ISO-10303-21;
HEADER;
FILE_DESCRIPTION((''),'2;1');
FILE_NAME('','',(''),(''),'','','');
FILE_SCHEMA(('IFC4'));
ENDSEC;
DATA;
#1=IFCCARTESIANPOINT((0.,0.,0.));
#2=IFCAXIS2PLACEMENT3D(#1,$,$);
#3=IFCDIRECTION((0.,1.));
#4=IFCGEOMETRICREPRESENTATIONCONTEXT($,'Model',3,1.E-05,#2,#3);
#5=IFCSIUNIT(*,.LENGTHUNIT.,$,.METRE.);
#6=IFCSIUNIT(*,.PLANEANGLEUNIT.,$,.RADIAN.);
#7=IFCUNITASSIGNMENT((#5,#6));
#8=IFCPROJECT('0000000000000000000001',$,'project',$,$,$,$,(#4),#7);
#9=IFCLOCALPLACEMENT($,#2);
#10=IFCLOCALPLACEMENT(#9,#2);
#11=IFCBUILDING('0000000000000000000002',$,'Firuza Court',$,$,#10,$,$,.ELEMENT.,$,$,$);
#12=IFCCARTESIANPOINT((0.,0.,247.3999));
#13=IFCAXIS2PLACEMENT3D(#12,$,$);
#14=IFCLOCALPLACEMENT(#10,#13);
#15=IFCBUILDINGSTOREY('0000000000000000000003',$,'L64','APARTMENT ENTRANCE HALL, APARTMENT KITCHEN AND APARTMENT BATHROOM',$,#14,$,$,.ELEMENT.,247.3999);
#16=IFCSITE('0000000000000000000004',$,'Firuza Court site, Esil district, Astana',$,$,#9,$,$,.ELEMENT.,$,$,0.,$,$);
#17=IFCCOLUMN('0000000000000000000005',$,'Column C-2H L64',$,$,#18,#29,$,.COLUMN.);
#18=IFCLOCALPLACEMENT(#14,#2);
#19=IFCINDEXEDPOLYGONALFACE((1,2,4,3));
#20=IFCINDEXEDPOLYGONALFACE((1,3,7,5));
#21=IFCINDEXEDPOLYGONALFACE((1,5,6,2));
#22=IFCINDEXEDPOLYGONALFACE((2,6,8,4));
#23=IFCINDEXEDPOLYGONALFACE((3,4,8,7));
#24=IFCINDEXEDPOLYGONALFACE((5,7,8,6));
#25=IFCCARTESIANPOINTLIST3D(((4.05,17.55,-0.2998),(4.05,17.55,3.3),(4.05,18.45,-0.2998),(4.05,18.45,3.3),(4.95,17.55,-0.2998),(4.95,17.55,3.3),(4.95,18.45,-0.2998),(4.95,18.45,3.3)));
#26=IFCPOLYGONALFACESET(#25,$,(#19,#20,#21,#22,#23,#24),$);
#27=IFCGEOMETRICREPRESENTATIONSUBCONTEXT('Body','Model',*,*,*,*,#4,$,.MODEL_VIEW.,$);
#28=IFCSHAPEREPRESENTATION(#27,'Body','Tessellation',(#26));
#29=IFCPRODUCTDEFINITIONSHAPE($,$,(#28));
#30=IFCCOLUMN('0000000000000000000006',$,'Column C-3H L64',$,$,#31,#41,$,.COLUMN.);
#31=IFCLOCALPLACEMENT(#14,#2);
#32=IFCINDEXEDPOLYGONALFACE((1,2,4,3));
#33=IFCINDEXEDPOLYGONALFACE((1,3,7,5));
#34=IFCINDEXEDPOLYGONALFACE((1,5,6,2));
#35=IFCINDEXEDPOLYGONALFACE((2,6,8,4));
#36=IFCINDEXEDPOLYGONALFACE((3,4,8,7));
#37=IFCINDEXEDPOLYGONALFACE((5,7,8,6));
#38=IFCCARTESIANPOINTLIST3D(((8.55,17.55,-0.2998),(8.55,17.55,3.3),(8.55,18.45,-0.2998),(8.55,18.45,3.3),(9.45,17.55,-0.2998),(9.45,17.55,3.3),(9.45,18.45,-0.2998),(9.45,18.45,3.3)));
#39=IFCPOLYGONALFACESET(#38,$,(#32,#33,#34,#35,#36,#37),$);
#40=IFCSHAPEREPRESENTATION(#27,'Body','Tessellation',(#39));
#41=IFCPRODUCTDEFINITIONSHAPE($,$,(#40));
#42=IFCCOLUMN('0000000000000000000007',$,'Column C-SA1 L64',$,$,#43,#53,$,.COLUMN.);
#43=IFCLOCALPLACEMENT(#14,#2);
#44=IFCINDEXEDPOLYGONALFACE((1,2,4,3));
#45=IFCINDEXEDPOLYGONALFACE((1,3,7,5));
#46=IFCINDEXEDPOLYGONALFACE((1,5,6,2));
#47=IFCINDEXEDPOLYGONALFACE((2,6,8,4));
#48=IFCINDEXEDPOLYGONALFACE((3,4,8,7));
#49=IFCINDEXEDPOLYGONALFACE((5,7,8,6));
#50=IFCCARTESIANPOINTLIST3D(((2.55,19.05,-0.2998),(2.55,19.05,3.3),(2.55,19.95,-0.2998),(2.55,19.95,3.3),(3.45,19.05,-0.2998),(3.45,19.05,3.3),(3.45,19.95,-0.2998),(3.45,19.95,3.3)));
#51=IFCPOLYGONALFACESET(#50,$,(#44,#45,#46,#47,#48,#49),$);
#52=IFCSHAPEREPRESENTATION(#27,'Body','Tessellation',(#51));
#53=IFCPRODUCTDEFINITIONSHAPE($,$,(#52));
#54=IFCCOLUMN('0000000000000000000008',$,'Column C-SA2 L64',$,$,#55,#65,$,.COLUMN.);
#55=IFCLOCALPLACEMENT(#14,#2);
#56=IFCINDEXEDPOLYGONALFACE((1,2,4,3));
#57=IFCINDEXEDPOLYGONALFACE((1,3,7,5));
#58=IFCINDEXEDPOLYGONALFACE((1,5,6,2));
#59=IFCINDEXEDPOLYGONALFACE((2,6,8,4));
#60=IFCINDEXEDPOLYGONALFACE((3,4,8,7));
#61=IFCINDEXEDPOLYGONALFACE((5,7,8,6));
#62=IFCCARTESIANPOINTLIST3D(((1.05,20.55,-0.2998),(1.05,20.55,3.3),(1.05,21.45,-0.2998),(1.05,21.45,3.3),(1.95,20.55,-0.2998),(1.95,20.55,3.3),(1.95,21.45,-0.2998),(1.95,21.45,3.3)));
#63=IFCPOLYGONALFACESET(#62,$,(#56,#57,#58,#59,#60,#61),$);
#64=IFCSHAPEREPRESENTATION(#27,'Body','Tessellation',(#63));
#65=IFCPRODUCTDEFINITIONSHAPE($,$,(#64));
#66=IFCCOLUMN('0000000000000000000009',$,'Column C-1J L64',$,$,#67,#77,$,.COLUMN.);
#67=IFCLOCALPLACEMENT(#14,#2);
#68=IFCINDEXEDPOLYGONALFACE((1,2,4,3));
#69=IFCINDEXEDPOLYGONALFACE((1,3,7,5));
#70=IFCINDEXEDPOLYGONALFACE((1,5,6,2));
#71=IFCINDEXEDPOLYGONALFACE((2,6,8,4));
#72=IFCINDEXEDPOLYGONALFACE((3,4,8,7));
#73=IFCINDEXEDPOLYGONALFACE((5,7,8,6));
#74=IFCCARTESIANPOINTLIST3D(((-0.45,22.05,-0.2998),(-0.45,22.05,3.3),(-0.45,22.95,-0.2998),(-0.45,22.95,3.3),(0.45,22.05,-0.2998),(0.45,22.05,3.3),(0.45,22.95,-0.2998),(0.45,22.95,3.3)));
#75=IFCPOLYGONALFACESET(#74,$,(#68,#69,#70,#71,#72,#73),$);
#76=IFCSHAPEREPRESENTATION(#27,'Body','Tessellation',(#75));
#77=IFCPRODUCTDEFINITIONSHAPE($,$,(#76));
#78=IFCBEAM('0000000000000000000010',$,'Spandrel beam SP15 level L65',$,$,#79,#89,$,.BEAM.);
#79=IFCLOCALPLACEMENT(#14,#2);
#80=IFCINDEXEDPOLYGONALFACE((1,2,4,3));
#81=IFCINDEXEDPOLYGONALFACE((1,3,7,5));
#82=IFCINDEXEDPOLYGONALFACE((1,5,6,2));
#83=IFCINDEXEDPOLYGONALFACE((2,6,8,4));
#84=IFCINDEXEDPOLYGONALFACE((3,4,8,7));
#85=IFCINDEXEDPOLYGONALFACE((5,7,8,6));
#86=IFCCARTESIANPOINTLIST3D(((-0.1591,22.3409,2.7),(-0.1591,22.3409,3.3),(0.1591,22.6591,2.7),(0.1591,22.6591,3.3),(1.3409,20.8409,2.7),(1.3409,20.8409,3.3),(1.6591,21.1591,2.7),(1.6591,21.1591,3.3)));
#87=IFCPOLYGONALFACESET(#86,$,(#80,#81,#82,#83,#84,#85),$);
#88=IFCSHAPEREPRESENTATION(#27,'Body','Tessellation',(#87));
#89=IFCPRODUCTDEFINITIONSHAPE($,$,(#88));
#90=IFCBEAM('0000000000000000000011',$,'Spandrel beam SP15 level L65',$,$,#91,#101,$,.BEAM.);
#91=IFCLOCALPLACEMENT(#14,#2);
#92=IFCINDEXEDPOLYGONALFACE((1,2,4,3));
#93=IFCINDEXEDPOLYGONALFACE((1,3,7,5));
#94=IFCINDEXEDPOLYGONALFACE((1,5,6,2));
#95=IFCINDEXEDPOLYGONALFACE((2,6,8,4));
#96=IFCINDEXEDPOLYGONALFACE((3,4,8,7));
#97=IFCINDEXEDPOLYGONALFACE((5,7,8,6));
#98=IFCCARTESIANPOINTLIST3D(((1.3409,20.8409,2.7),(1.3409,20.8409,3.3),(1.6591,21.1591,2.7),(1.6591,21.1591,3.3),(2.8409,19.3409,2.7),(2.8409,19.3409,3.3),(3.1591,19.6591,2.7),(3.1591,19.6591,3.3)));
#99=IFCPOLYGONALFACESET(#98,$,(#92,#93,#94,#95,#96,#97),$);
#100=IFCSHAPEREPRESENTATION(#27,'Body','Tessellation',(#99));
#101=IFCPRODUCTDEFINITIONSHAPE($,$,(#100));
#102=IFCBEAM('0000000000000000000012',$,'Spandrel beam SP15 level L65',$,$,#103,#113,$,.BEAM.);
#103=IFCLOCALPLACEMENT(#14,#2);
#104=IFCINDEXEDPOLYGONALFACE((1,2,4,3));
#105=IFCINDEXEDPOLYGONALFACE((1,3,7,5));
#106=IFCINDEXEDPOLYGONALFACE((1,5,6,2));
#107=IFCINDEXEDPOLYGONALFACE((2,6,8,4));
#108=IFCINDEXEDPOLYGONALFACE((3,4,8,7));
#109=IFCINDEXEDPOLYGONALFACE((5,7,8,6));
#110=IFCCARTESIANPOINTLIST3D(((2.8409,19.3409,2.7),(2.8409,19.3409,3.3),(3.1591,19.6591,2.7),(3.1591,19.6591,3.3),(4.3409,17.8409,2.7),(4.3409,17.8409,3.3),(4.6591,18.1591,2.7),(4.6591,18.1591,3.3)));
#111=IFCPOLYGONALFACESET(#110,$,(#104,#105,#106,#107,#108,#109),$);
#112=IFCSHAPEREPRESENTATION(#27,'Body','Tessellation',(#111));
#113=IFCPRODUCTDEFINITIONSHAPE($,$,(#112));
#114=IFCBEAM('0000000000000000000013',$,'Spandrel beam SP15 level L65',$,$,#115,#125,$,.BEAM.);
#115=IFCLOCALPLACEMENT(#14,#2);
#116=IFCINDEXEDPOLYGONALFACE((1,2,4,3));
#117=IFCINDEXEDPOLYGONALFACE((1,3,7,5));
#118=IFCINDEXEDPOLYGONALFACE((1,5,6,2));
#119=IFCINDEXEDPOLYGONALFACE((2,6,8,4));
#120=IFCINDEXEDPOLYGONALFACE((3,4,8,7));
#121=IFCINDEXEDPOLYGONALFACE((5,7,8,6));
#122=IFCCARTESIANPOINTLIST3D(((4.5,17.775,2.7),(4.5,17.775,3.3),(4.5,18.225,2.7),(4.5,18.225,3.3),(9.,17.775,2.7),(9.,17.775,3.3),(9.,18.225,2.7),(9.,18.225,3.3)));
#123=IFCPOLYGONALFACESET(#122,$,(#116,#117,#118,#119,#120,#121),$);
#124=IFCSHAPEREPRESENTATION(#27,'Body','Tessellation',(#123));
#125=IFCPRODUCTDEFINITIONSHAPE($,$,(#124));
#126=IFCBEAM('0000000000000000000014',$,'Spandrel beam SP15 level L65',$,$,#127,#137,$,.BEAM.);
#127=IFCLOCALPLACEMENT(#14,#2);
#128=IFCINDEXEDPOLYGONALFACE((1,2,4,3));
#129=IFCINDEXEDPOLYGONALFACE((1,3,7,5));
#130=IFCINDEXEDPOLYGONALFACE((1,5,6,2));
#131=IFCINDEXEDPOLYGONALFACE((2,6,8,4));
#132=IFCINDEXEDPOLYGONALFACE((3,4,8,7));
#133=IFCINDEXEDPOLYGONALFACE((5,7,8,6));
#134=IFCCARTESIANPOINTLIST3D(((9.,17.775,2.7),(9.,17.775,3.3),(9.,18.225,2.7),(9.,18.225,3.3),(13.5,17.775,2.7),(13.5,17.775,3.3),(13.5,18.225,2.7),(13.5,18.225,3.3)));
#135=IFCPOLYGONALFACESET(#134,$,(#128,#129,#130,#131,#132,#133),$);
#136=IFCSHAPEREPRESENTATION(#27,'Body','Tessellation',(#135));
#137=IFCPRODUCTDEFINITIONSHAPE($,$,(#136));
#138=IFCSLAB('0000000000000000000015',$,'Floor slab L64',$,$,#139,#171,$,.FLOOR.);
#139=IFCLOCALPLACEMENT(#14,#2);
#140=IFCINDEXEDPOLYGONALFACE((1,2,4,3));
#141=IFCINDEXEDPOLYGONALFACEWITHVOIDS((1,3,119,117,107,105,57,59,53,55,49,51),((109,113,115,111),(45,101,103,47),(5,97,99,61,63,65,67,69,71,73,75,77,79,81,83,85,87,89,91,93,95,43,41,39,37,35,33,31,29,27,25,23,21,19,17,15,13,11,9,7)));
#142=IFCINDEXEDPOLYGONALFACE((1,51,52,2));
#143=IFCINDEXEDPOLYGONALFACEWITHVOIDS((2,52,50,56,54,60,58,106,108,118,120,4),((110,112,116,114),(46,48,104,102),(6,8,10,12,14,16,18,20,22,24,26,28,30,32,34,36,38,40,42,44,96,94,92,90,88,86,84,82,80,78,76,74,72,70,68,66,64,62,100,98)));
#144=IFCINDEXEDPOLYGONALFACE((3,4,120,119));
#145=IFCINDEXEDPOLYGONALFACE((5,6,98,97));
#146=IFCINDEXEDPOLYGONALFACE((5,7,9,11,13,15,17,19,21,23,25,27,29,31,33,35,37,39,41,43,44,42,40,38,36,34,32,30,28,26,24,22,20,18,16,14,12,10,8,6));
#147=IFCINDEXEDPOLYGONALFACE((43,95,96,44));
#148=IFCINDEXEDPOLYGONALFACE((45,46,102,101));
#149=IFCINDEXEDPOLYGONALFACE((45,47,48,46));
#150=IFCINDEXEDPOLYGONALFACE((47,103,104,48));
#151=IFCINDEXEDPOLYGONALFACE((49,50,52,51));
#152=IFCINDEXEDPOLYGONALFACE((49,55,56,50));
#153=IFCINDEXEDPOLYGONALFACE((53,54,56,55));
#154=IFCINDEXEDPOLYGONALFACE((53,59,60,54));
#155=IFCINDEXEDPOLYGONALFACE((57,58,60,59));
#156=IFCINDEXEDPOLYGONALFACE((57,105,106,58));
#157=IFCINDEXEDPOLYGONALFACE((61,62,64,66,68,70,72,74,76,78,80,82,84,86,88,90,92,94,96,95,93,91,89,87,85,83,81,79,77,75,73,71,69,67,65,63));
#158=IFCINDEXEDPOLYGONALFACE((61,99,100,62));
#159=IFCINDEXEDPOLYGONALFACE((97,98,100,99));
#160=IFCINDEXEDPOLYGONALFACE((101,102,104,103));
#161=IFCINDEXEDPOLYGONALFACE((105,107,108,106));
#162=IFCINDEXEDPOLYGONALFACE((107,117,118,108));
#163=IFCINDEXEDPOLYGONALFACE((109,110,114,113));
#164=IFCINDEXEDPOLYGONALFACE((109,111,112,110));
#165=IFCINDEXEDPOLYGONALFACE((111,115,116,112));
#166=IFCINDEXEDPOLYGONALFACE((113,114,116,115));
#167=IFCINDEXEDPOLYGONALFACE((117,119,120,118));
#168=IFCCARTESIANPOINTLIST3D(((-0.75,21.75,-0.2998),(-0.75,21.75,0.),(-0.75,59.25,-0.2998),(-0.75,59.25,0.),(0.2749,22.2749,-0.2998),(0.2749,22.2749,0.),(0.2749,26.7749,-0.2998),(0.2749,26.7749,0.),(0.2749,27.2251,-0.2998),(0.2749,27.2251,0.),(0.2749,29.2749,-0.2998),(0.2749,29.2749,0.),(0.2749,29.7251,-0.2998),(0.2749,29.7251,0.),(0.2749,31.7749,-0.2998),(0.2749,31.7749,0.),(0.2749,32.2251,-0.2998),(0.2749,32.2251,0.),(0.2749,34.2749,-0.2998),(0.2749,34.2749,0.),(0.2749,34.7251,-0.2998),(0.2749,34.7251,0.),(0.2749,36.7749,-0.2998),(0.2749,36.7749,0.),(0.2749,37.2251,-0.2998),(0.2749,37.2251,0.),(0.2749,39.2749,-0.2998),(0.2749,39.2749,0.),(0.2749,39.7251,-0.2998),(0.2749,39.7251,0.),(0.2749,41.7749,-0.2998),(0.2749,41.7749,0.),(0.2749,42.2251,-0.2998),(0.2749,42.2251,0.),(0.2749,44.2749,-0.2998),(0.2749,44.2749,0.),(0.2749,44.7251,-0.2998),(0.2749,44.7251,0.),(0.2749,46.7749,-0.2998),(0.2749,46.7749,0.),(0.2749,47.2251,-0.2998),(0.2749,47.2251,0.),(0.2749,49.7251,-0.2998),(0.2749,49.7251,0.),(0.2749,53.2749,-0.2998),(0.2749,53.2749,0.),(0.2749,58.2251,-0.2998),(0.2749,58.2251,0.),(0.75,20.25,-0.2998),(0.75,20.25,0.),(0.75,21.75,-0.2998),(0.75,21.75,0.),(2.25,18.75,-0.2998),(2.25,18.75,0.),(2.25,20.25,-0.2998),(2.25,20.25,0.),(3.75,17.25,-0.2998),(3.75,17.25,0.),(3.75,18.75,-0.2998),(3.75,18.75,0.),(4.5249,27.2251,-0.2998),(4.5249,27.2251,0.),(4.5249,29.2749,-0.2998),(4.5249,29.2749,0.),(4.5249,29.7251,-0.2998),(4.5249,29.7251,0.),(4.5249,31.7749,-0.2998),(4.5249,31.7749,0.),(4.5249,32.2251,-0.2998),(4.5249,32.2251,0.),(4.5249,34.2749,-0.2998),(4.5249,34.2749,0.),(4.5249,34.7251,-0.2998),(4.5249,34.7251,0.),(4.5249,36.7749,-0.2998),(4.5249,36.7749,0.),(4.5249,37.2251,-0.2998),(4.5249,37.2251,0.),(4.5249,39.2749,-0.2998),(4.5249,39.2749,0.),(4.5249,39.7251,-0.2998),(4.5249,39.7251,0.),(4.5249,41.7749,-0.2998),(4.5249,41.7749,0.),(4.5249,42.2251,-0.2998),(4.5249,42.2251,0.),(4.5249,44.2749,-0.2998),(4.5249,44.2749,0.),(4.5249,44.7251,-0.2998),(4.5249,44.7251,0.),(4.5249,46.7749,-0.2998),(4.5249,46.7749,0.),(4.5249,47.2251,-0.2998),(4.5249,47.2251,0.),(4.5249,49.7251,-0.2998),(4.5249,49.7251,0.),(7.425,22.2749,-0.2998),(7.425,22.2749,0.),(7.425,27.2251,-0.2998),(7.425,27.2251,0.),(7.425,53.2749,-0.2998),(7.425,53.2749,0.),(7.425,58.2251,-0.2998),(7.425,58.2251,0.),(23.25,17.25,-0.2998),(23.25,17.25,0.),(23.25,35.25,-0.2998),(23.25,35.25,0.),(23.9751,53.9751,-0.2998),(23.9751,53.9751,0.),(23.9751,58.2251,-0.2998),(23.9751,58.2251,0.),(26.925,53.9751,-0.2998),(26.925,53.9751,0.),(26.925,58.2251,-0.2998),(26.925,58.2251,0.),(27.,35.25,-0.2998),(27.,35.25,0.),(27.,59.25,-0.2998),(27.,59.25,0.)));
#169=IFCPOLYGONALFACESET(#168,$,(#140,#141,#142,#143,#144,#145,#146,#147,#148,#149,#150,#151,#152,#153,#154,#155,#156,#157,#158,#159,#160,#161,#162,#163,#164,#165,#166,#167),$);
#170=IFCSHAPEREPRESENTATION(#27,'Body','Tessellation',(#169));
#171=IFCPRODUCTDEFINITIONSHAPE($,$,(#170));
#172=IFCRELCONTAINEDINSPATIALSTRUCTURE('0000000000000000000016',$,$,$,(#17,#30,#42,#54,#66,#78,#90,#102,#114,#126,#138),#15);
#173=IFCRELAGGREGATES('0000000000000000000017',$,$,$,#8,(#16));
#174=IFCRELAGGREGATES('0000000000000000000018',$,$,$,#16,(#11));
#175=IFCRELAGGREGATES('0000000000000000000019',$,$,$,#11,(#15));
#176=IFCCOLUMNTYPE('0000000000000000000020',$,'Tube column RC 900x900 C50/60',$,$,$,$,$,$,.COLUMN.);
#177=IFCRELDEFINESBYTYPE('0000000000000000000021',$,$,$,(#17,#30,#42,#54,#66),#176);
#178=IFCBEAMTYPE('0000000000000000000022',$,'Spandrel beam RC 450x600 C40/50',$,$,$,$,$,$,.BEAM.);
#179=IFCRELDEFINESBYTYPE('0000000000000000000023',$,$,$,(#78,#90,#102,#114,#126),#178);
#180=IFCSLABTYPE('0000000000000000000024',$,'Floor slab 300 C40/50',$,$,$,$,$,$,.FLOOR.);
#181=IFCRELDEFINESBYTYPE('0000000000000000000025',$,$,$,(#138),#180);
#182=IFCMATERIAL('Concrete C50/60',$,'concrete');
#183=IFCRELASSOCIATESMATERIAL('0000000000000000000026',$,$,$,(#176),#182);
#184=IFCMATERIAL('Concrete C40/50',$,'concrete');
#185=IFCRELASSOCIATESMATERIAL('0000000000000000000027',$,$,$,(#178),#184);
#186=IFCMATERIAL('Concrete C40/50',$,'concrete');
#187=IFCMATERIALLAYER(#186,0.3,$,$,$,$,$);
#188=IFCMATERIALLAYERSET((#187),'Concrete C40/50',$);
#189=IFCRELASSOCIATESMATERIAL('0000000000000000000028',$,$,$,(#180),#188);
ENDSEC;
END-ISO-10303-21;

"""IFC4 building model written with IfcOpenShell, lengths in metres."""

from ifc_helpers import new_model, si_unit, direction, frame, origin, origin_2d, place, context, subcontext, project, spatial, polyline, rectangle, outline, extrude, material, layer, layer_set, material_profile, profile_set, type_object, element, save


model = new_model("IFC4")

# Units and contexts
model_context = context("Model", 3, precision=1e-05, world=origin(), true_north=direction((0.0, 1.0)))
body_context = subcontext(model_context, "Body", "Model", "MODEL_VIEW")
ifc_project = project(units=[si_unit("LENGTHUNIT", "METRE"), si_unit("PLANEANGLEUNIT", "RADIAN")], contexts=[model_context])

# Site, building, storey
site_placement = place(None, origin())
site = spatial("IfcSite", under=ifc_project, at=site_placement, Name="Firuza Court site, Esil district, Astana", CompositionType="ELEMENT", RefElevation=0.0)
building_placement = place(site_placement, origin())
building = spatial("IfcBuilding", under=site, at=building_placement, Name="Firuza Court", CompositionType="ELEMENT")
storey_placement = place(building_placement, frame((0.0, 0.0, 247.3999)))
storey = spatial("IfcBuildingStorey", under=building, at=storey_placement, Name="L64", Description="APARTMENT ENTRANCE HALL, APARTMENT KITCHEN AND APARTMENT BATHROOM", CompositionType="ELEMENT", Elevation=247.3999)

# Columns
ifc_material_1 = material(Name="Concrete C50/60", Category="concrete")
ifc_material_profile_1 = material_profile(ifc_material_1, rectangle(XDim=0.8999, YDim=0.8999, at=origin_2d()), Name="RC 900x900")
ifc_profile_set_1 = profile_set([ifc_material_profile_1], Name="Concrete C50/60")
column_type = type_object("IfcColumnType", Name="Tube column RC 900x900 C50/60", PredefinedType="COLUMN", material=ifc_profile_set_1)
for number, where, z_axis, x_axis, name in (
    (1, (4.5, 18.0, -0.2998), (0.0, 0.0, 1.0), (1.0, 0.0, 0.0), "Column C-2H L64"),
    (2, (9.0, 18.0, -0.2998), (0.0, 0.0, 1.0), (1.0, 0.0, 0.0), "Column C-3H L64"),
    (3, (3.0, 19.5, -0.2998), (0.0, 0.0, 1.0), (1.0, 0.0, 0.0), "Column C-SA1 L64"),
    (4, (1.5, 21.0, -0.2998), (0.0, 0.0, 1.0), (1.0, 0.0, 0.0), "Column C-SA2 L64"),
    (5, (0.0, 22.5, -0.2998), (0.0, 0.0, 1.0), (1.0, 0.0, 0.0), "Column C-1J L64"),
):
    element("IfcColumn", number, at=place(storey_placement, frame(where, z_axis=z_axis, x_axis=x_axis)), inside=storey, type_object=column_type, Name=name, PredefinedType="COLUMN", context=body_context, shape_type="SweptSolid", body=[
        extrude(rectangle(XDim=0.8999, YDim=0.8999, at=origin_2d()), origin(), (0.0, 0.0, 1.0), 3.5999),
    ])

# Beams
ifc_material_2 = material(Name="Concrete C40/50", Category="concrete")
ifc_material_profile_2 = material_profile(ifc_material_2, rectangle(XDim=0.45, YDim=0.6001, at=origin_2d()), Name="RC 450x600")
ifc_profile_set_2 = profile_set([ifc_material_profile_2], Name="Concrete C40/50")
beam_type = type_object("IfcBeamType", Name="Spandrel beam RC 450x600 C40/50", PredefinedType="BEAM", material=ifc_profile_set_2)
for number, where, z_axis, x_axis, name in (
    (6, (0.0, 22.5, 3.0), (0.707107, -0.707107, 0.0), (0.707107, 0.707107, 0.0), "Spandrel beam SP15 level L65"),
    (7, (1.5, 21.0, 3.0), (0.707107, -0.707107, 0.0), (0.707107, 0.707107, 0.0), "Spandrel beam SP15 level L65"),
    (8, (3.0, 19.5, 3.0), (0.707107, -0.707107, 0.0), (0.707107, 0.707107, 0.0), "Spandrel beam SP15 level L65"),
):
    element("IfcBeam", number, at=place(storey_placement, frame(where, z_axis=z_axis, x_axis=x_axis)), inside=storey, type_object=beam_type, Name=name, PredefinedType="BEAM", context=body_context, shape_type="SweptSolid", body=[
        extrude(rectangle(XDim=0.45, YDim=0.6001, at=origin_2d()), origin(), (0.0, 0.0, 1.0), 2.1213),
    ])
for number, where, z_axis, x_axis, name in (
    (9, (4.5, 18.0, 3.0), (1.0, 0.0, 0.0), (0.0, 1.0, 0.0), "Spandrel beam SP15 level L65"),
    (10, (9.0, 18.0, 3.0), (1.0, 0.0, 0.0), (0.0, 1.0, 0.0), "Spandrel beam SP15 level L65"),
):
    element("IfcBeam", number, at=place(storey_placement, frame(where, z_axis=z_axis, x_axis=x_axis)), inside=storey, type_object=beam_type, Name=name, PredefinedType="BEAM", context=body_context, shape_type="SweptSolid", body=[
        extrude(rectangle(XDim=0.45, YDim=0.6001, at=origin_2d()), origin(), (0.0, 0.0, 1.0), 4.5),
    ])

# Slab
ifc_material_3 = material(Name="Concrete C40/50", Category="concrete")
ifc_layer_1 = layer(ifc_material_3, 0.3)
ifc_layer_set_1 = layer_set([ifc_layer_1], Name="Concrete C40/50")
slab_type_1 = type_object("IfcSlabType", Name="Floor slab 300 C40/50", PredefinedType="FLOOR", material=ifc_layer_set_1)
slab_1_placement = place(storey_placement, frame((0.0, 0.0, -0.2998)))
element("IfcSlab", 11, at=slab_1_placement, inside=storey, type_object=slab_type_1, Name="Floor slab L64", PredefinedType="FLOOR", context=body_context, shape_type="SweptSolid", body=[
    extrude(outline(polyline([(27.0, 59.25), (27.0, 35.25), (23.25, 35.25), (23.25, 17.25), (3.75, 17.25), (3.75, 18.75), (2.25, 18.75), (2.25, 20.25), (0.75, 20.25), (0.75, 21.75), (-0.75, 21.75), (-0.75, 59.25), (27.0, 59.25)]), holes=[polyline([(0.2749, 34.2749), (0.2749, 32.2251), (0.2749, 31.7749), (0.2749, 29.7251), (0.2749, 29.2749), (0.2749, 27.2251), (0.2749, 26.7749), (0.2749, 22.2749), (7.425, 22.2749), (7.425, 27.2251), (4.5249, 27.2251), (4.5249, 29.2749), (4.5249, 29.7251), (4.5249, 31.7749), (4.5249, 32.2251), (4.5249, 34.2749), (4.5249, 34.7251), (4.5249, 36.7749), (4.5249, 37.2251), (4.5249, 39.2749), (4.5249, 39.7251), (4.5249, 41.7749), (4.5249, 42.2251), (4.5249, 44.2749), (4.5249, 44.7251), (4.5249, 46.7749), (4.5249, 47.2251), (4.5249, 49.7251), (0.2749, 49.7251), (0.2749, 47.2251), (0.2749, 46.7749), (0.2749, 44.7251), (0.2749, 44.2749), (0.2749, 42.2251), (0.2749, 41.7749), (0.2749, 39.7251), (0.2749, 39.2749), (0.2749, 37.2251), (0.2749, 36.7749), (0.2749, 34.7251), (0.2749, 34.2749)]), polyline([(7.425, 58.2251), (0.2749, 58.2251), (0.2749, 53.2749), (7.425, 53.2749), (7.425, 58.2251)]), polyline([(26.925, 58.2251), (23.9751, 58.2251), (23.9751, 53.9751), (26.925, 53.9751), (26.925, 58.2251)])]), origin(), (0.0, 0.0, 1.0), 0.2998),
])

save(model, "model.ifc")
